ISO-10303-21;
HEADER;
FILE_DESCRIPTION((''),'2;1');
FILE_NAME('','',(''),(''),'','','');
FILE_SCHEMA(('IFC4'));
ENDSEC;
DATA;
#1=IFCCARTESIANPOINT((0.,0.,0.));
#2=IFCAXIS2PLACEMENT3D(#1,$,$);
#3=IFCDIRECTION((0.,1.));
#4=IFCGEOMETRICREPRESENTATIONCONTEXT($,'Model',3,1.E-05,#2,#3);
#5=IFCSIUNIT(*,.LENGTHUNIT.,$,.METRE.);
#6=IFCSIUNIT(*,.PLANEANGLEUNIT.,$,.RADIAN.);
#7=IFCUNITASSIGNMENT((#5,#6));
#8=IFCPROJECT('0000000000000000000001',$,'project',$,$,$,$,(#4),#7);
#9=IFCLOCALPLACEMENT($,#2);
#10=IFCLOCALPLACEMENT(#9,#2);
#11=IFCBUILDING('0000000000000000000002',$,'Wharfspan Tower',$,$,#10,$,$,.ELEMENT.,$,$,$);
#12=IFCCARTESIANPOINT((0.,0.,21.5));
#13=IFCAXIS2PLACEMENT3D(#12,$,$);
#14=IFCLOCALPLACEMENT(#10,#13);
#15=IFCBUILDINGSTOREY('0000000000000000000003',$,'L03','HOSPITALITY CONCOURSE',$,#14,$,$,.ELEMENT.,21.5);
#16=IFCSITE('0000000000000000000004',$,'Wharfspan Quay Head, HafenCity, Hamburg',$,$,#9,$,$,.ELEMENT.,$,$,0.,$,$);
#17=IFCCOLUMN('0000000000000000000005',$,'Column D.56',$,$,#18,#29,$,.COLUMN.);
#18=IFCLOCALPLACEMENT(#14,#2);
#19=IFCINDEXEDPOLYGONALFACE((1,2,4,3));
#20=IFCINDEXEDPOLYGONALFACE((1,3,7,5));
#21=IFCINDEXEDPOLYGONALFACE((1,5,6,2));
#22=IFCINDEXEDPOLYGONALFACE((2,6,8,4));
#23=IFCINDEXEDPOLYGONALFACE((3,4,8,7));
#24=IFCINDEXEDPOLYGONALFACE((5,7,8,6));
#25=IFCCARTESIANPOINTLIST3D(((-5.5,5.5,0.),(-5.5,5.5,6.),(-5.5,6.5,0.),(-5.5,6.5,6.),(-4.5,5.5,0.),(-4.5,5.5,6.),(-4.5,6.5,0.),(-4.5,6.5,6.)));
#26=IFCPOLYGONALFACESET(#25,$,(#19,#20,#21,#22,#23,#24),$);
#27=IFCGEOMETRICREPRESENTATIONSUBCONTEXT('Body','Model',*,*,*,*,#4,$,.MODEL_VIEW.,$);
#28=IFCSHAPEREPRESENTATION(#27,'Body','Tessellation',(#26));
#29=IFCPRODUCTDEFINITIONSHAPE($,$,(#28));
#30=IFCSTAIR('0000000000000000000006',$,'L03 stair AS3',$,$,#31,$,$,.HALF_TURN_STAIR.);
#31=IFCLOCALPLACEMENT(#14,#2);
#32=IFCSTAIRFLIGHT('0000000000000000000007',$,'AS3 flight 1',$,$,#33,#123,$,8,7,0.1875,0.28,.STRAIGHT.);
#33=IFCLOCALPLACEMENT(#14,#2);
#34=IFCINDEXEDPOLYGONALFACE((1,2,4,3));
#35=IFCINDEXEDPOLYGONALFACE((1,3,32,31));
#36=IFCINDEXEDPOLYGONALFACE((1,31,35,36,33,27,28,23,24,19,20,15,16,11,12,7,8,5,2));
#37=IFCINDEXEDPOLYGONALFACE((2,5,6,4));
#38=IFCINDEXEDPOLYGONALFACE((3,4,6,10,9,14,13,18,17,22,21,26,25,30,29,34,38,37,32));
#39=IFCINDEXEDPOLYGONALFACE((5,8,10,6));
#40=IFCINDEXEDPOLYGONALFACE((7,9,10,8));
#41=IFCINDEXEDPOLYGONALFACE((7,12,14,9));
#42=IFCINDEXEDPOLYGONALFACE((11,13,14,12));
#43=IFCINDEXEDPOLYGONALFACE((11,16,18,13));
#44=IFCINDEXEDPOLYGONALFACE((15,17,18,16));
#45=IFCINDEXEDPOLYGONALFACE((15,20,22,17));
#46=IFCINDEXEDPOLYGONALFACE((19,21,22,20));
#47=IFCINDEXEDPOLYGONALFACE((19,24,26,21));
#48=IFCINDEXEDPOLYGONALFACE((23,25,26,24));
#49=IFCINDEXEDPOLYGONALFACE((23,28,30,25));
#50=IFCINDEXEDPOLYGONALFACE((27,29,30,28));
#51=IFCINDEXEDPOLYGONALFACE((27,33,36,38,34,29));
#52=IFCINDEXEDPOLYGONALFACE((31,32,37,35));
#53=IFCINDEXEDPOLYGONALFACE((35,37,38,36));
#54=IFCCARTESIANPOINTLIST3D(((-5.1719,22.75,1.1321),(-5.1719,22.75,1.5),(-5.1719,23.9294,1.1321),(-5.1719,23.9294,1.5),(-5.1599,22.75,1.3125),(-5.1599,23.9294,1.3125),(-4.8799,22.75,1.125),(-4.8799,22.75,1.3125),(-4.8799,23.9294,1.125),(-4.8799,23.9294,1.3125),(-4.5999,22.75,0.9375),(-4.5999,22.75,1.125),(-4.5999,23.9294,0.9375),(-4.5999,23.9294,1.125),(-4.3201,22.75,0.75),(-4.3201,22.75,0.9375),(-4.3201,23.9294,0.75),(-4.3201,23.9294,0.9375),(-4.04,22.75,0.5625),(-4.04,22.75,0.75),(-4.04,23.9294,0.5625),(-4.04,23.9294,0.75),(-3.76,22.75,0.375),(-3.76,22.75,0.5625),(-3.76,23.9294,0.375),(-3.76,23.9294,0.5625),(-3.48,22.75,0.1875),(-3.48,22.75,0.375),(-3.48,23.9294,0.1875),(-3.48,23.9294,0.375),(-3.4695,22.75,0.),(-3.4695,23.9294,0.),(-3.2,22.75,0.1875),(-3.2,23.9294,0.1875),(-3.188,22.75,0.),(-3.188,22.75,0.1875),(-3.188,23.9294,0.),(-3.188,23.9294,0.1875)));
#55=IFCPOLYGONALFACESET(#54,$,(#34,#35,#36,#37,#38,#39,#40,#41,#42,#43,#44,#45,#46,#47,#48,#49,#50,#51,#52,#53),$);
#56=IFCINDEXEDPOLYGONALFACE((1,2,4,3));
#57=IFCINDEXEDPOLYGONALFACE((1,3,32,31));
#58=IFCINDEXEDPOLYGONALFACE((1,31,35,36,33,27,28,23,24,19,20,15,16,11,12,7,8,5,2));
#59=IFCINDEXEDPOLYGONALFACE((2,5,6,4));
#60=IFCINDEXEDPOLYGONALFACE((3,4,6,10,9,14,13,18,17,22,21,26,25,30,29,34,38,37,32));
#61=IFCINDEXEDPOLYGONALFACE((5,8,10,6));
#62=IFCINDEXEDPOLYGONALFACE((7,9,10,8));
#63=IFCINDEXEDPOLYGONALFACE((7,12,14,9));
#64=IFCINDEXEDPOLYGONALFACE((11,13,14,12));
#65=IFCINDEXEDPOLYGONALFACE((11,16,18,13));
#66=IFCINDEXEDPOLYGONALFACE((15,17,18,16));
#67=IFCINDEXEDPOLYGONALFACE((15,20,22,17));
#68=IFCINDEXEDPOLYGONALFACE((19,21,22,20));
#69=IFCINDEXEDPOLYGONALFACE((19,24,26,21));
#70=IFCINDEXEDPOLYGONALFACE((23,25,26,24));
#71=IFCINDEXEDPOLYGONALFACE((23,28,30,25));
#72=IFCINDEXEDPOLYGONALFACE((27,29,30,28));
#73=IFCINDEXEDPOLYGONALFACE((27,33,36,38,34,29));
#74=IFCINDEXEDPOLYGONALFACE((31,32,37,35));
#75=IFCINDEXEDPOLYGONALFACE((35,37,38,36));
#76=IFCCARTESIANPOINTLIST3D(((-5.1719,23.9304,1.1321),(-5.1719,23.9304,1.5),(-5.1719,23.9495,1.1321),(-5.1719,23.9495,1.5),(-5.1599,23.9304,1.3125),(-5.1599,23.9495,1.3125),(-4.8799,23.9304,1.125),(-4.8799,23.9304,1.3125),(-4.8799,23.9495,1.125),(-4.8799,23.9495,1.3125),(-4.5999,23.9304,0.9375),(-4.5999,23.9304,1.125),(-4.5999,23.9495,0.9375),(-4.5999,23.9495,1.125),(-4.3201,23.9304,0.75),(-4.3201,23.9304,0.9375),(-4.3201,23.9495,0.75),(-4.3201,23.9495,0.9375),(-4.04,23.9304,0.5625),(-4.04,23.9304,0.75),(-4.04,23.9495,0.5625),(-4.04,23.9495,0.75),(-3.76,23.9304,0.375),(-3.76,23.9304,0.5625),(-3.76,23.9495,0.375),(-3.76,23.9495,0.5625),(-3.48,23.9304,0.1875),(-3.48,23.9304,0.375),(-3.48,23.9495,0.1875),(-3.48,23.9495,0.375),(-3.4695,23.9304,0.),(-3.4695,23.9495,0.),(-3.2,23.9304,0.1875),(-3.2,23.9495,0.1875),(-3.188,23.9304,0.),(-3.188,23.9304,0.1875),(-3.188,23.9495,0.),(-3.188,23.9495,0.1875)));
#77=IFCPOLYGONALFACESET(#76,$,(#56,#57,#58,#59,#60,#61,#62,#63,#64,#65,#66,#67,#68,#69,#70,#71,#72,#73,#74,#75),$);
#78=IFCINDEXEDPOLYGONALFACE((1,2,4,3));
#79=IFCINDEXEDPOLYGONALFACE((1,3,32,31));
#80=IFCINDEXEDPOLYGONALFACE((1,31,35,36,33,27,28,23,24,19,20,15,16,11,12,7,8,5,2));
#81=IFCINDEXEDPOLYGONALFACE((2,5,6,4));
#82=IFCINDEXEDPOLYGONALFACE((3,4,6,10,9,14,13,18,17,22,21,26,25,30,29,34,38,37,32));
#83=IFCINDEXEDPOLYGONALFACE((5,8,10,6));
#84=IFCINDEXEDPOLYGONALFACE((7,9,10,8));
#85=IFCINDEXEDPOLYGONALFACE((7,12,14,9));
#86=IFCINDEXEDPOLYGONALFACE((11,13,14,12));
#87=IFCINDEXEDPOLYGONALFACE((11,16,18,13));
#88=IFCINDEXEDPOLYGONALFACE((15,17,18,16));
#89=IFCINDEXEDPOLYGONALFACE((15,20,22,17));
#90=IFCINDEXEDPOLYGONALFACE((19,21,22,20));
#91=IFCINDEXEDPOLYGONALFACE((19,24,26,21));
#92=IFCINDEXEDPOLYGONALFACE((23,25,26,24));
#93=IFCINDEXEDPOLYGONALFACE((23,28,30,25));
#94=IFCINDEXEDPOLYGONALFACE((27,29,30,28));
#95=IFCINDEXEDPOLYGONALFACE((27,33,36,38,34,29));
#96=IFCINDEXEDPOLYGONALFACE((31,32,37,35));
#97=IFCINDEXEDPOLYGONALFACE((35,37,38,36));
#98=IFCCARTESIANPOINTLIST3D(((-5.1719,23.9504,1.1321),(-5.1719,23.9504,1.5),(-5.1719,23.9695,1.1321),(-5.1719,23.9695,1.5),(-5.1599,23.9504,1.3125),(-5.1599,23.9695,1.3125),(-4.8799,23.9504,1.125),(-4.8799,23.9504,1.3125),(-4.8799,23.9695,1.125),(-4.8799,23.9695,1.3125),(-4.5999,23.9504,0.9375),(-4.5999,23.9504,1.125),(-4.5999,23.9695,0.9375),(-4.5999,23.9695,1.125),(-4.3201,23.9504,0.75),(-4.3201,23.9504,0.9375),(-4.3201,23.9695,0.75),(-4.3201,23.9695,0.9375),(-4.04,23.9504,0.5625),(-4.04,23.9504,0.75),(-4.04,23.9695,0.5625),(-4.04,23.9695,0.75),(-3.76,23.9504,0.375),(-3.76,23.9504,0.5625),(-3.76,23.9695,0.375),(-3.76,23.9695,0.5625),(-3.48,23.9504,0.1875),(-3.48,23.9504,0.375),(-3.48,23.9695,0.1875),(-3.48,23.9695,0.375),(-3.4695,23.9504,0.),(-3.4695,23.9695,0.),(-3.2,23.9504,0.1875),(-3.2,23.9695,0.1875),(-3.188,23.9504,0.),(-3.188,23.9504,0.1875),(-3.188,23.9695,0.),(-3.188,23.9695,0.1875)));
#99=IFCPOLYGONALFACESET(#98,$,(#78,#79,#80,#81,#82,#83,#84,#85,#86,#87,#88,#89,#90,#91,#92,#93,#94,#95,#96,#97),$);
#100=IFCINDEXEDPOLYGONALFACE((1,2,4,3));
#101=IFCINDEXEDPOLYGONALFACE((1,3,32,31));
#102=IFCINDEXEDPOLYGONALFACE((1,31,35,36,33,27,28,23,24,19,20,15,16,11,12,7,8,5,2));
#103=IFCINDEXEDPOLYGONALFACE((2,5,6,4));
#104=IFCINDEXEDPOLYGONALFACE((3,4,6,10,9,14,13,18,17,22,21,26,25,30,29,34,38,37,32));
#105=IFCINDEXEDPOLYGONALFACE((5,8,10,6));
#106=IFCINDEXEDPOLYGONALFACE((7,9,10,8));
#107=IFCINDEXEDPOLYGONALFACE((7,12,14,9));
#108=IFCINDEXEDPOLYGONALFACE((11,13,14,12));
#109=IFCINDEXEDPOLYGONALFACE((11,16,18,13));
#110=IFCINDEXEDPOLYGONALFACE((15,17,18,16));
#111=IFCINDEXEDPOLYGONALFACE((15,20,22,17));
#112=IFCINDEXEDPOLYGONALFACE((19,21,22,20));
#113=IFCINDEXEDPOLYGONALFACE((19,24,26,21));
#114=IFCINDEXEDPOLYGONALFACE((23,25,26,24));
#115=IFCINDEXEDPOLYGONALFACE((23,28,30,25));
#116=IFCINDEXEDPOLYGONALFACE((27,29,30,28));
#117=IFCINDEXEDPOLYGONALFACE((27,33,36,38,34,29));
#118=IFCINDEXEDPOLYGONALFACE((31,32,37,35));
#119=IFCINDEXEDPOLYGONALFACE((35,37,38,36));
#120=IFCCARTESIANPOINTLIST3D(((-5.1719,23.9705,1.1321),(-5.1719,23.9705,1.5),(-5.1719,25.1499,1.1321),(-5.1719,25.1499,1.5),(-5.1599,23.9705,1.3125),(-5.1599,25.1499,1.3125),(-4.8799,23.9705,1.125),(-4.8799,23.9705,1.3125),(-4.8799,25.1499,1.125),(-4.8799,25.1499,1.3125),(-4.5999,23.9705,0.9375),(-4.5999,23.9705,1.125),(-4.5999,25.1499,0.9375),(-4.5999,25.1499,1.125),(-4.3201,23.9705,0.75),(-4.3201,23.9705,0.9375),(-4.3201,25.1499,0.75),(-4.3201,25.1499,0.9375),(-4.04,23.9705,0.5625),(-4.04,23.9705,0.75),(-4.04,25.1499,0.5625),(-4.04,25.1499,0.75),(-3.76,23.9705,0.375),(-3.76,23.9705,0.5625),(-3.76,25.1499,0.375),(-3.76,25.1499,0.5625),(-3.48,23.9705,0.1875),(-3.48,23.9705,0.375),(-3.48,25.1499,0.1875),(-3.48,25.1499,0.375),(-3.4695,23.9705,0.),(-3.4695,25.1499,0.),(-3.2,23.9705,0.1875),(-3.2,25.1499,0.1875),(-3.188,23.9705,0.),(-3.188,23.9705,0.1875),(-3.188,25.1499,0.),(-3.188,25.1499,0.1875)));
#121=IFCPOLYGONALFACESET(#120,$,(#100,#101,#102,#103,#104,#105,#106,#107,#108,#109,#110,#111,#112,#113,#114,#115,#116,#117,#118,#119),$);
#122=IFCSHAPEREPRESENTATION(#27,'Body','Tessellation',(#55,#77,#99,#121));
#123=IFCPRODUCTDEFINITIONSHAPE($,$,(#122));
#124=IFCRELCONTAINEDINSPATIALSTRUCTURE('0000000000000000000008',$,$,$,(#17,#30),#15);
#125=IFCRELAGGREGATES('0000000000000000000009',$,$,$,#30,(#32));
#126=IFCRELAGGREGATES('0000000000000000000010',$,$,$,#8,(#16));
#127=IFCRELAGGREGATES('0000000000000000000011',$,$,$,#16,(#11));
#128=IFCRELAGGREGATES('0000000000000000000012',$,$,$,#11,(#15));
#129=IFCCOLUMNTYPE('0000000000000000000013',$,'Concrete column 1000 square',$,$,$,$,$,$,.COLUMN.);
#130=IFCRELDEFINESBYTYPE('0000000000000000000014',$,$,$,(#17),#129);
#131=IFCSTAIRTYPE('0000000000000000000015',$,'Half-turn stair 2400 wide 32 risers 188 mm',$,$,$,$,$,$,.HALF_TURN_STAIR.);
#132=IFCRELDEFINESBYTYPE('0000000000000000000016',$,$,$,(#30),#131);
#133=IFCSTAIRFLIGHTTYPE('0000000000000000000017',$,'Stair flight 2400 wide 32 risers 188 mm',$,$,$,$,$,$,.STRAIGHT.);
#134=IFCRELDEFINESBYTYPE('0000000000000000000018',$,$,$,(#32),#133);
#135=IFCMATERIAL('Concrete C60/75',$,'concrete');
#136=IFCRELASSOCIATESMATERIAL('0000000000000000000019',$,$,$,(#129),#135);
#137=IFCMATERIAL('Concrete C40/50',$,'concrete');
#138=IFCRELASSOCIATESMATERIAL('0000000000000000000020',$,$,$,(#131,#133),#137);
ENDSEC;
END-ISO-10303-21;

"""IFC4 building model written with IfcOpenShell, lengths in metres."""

from ifc_helpers import new_model, si_unit, direction, frame, origin, origin_2d, place, context, subcontext, project, spatial, polyline, rectangle, outline, extrude, material, material_profile, profile_set, type_object, element, aggregate, save


model = new_model("IFC4")

# Units and contexts
model_context = context("Model", 3, precision=1e-05, world=origin(), true_north=direction((0.0, 1.0)))
body_context = subcontext(model_context, "Body", "Model", "MODEL_VIEW")
ifc_project = project(units=[si_unit("LENGTHUNIT", "METRE"), si_unit("PLANEANGLEUNIT", "RADIAN")], contexts=[model_context])

# Site, building, storey
site_placement = place(None, origin())
site = spatial("IfcSite", under=ifc_project, at=site_placement, Name="Wharfspan Quay Head, HafenCity, Hamburg", CompositionType="ELEMENT", RefElevation=0.0)
building_placement = place(site_placement, origin())
building = spatial("IfcBuilding", under=site, at=building_placement, Name="Wharfspan Tower", CompositionType="ELEMENT")
storey_placement = place(building_placement, frame((0.0, 0.0, 21.5)))
storey = spatial("IfcBuildingStorey", under=building, at=storey_placement, Name="L03", Description="HOSPITALITY CONCOURSE", CompositionType="ELEMENT", Elevation=21.5)

# Column
ifc_material_1 = material(Name="Concrete C60/75", Category="concrete")
ifc_material_profile = material_profile(ifc_material_1, rectangle(XDim=1.0, YDim=1.0, at=origin_2d()))
ifc_profile_set = profile_set([ifc_material_profile], Name="Concrete C60/75")
column_type = type_object("IfcColumnType", Name="Concrete column 1000 square", PredefinedType="COLUMN", material=ifc_profile_set)
column_placement = place(storey_placement, frame((-5.0, 6.0, 0.0), z_axis=(0.0, 0.0, 1.0), x_axis=(1.0, 0.0, 0.0)))
element("IfcColumn", 1, at=column_placement, inside=storey, type_object=column_type, Name="Column D.56", PredefinedType="COLUMN", context=body_context, shape_type="SweptSolid", body=[
    extrude(rectangle(XDim=1.0, YDim=1.0, at=origin_2d()), origin(), (0.0, 0.0, 1.0), 6.0),
])

# Stair, stair flight
ifc_material_2 = material(Name="Concrete C40/50", Category="concrete")
stair_type = type_object("IfcStairType", Name="Half-turn stair 2400 wide 32 risers 188 mm", PredefinedType="HALF_TURN_STAIR", material=ifc_material_2)
stair_1_placement = place(storey_placement, origin())
stair_1 = element("IfcStair", 2, at=stair_1_placement, inside=storey, type_object=stair_type, Name="L03 stair AS3", PredefinedType="HALF_TURN_STAIR")
stair_flight_type = type_object("IfcStairFlightType", Name="Stair flight 2400 wide 32 risers 188 mm", PredefinedType="STRAIGHT", material=ifc_material_2)
stair_flight_1_placement = place(storey_placement, frame((-3.2, 23.95, 0.0), z_axis=(0.0, 0.0, 1.0), x_axis=(-1.0, 0.0, 0.0)))
stair_flight_1 = element("IfcStairFlight", 3, at=stair_flight_1_placement, type_object=stair_flight_type, Name="AS3 flight 1", NumberOfRisers=8, NumberOfTreads=7, PredefinedType="STRAIGHT", RiserHeight=0.1875, TreadLength=0.28, context=body_context, shape_type="SweptSolid", body=[
    extrude(outline(polyline([(-0.012, 0.0), (-0.012, 0.1875), (0.0, 0.1875), (0.28, 0.1875), (0.28, 0.375), (0.5601, 0.375), (0.5601, 0.5625), (0.8401, 0.5625), (0.8401, 0.75), (1.1201, 0.75), (1.1201, 0.9375), (1.3999, 0.9375), (1.3999, 1.125), (1.6799, 1.125), (1.6799, 1.3125), (1.96, 1.3125), (1.9719, 1.5), (1.9719, 1.1321), (0.2695, 0.0), (-0.012, 0.0)])), frame((0.0, 1.2, 0.0), z_axis=(0.0, -1.0, 0.0), x_axis=(1.0, 0.0, 0.0)), (0.0, 0.0, 1.0), 1.1794),
    extrude(outline(polyline([(-0.012, 0.0), (-0.012, 0.1875), (0.0, 0.1875), (0.28, 0.1875), (0.28, 0.375), (0.5601, 0.375), (0.5601, 0.5625), (0.8401, 0.5625), (0.8401, 0.75), (1.1201, 0.75), (1.1201, 0.9375), (1.3999, 0.9375), (1.3999, 1.125), (1.6799, 1.125), (1.6799, 1.3125), (1.96, 1.3125), (1.9719, 1.5), (1.9719, 1.1321), (0.2695, 0.0), (-0.012, 0.0)])), frame((0.0, 0.0195, 0.0), z_axis=(0.0, -1.0, 0.0), x_axis=(1.0, 0.0, 0.0)), (0.0, 0.0, 1.0), 0.019),
    extrude(outline(polyline([(-0.012, 0.0), (-0.012, 0.1875), (0.0, 0.1875), (0.28, 0.1875), (0.28, 0.375), (0.5601, 0.375), (0.5601, 0.5625), (0.8401, 0.5625), (0.8401, 0.75), (1.1201, 0.75), (1.1201, 0.9375), (1.3999, 0.9375), (1.3999, 1.125), (1.6799, 1.125), (1.6799, 1.3125), (1.96, 1.3125), (1.9719, 1.5), (1.9719, 1.1321), (0.2695, 0.0), (-0.012, 0.0)])), frame((0.0, -0.0005, 0.0), z_axis=(0.0, -1.0, 0.0), x_axis=(1.0, 0.0, 0.0)), (0.0, 0.0, 1.0), 0.019),
    extrude(outline(polyline([(-0.012, 0.0), (-0.012, 0.1875), (0.0, 0.1875), (0.28, 0.1875), (0.28, 0.375), (0.5601, 0.375), (0.5601, 0.5625), (0.8401, 0.5625), (0.8401, 0.75), (1.1201, 0.75), (1.1201, 0.9375), (1.3999, 0.9375), (1.3999, 1.125), (1.6799, 1.125), (1.6799, 1.3125), (1.96, 1.3125), (1.9719, 1.5), (1.9719, 1.1321), (0.2695, 0.0), (-0.012, 0.0)])), frame((0.0, -0.0205, 0.0), z_axis=(0.0, -1.0, 0.0), x_axis=(1.0, 0.0, 0.0)), (0.0, 0.0, 1.0), 1.1794),
])
aggregate(stair_1, [stair_flight_1])

save(model, "model.ifc")
